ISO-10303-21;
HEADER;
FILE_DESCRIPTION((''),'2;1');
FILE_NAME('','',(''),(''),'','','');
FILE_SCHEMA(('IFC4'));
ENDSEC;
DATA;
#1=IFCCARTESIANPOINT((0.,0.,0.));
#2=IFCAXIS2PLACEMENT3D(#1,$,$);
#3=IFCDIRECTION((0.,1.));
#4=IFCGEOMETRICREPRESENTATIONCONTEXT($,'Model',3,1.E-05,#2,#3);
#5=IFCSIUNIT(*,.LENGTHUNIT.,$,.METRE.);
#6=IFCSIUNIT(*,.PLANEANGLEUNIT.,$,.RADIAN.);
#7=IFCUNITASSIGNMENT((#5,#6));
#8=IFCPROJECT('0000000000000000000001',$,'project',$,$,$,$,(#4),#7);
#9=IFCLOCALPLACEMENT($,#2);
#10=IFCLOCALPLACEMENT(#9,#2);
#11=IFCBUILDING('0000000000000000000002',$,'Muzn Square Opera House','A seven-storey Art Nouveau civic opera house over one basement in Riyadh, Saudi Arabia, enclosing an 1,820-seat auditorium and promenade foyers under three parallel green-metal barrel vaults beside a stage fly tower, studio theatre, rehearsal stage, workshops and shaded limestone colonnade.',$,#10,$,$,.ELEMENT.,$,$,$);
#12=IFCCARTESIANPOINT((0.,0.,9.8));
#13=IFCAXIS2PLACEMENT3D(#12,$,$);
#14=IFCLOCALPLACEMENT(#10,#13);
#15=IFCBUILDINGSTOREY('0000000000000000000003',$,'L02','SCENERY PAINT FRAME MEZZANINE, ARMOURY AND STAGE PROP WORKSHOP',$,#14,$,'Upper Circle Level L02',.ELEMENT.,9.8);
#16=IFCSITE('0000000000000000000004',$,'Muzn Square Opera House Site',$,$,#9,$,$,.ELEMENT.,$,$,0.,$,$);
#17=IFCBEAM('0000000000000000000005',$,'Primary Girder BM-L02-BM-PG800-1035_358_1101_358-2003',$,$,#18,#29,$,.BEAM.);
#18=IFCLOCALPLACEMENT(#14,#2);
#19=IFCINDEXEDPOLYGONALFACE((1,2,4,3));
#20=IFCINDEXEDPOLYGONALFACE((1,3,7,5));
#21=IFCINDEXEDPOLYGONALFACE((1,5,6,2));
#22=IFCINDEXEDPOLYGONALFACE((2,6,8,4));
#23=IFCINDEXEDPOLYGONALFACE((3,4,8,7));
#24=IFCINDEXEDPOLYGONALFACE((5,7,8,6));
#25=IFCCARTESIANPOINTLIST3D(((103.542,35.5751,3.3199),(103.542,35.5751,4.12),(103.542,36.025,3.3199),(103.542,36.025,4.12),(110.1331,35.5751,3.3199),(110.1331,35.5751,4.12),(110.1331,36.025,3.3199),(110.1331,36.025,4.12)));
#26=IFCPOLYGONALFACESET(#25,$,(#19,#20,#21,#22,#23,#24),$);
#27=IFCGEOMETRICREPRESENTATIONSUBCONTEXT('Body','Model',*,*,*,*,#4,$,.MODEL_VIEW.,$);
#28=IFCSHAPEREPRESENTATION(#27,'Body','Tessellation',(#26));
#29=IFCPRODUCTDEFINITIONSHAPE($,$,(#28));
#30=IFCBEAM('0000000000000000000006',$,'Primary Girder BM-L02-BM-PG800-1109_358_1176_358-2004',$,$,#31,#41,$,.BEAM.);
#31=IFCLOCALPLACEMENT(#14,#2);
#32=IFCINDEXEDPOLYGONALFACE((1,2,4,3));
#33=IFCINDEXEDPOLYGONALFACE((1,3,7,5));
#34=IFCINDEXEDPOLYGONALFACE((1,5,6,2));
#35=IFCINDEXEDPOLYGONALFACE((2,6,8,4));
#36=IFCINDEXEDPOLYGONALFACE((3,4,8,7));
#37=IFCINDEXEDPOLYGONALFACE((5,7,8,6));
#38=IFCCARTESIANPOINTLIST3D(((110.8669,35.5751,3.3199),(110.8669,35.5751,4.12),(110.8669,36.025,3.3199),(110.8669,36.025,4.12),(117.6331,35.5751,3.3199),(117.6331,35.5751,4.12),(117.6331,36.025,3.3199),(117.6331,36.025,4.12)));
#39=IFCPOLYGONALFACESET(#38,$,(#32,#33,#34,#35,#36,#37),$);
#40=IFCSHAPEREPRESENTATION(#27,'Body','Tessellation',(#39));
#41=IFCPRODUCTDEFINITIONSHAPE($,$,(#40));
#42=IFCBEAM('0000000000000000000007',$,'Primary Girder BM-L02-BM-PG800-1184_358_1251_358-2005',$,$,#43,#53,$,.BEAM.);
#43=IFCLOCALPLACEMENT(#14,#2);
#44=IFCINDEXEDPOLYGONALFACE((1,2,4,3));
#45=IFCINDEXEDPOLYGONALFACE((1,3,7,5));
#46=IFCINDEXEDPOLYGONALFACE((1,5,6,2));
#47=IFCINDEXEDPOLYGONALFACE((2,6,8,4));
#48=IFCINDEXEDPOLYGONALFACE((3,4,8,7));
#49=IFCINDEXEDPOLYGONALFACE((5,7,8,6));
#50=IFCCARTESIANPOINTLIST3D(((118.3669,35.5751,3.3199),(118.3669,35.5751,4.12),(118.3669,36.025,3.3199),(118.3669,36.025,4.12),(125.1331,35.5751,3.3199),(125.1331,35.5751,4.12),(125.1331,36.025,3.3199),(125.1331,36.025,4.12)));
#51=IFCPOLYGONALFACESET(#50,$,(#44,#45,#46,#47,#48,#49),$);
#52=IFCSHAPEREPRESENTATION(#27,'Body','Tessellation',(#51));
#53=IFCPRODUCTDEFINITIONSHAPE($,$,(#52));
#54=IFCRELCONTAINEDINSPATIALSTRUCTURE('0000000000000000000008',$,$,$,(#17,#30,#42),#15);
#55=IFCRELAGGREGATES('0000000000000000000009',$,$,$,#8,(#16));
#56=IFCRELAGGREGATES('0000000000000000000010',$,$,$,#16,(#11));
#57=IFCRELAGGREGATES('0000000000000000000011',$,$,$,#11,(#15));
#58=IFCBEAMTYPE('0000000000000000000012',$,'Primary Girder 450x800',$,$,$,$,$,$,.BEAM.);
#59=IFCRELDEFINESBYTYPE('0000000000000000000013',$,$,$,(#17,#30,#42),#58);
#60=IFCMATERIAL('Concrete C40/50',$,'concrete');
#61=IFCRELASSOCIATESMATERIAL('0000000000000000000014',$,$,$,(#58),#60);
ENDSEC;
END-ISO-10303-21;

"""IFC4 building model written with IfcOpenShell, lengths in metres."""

from ifc_helpers import new_model, si_unit, direction, frame, origin, origin_2d, place, context, subcontext, project, spatial, rectangle, extrude, material, material_profile, profile_set, type_object, element, save


model = new_model("IFC4")

# Units and contexts
model_context = context("Model", 3, precision=1e-05, world=origin(), true_north=direction((0.0, 1.0)))
body_context = subcontext(model_context, "Body", "Model", "MODEL_VIEW")
ifc_project = project(units=[si_unit("LENGTHUNIT", "METRE"), si_unit("PLANEANGLEUNIT", "RADIAN")], contexts=[model_context])

# Site, building, storey
site_placement = place(None, origin())
site = spatial("IfcSite", under=ifc_project, at=site_placement, Name="Muzn Square Opera House Site", CompositionType="ELEMENT", RefElevation=0.0)
building_placement = place(site_placement, origin())
building = spatial("IfcBuilding", under=site, at=building_placement, Name="Muzn Square Opera House", Description="A seven-storey Art Nouveau civic opera house over one basement in Riyadh, Saudi Arabia, enclosing an 1,820-seat auditorium and promenade foyers under three parallel green-metal barrel vaults beside a stage fly tower, studio theatre, rehearsal stage, workshops and shaded limestone colonnade.", CompositionType="ELEMENT")
storey_placement = place(building_placement, frame((0.0, 0.0, 9.8)))
storey = spatial("IfcBuildingStorey", under=building, at=storey_placement, Name="L02", Description="SCENERY PAINT FRAME MEZZANINE, ARMOURY AND STAGE PROP WORKSHOP", LongName="Upper Circle Level L02", CompositionType="ELEMENT", Elevation=9.8)

# Beams
ifc_material_1 = material(Name="Concrete C40/50", Category="concrete")
ifc_material_profile_1 = material_profile(ifc_material_1, rectangle(XDim=0.45, YDim=0.8, at=origin_2d()), Name="RCB 450x800", Category="concrete")
ifc_profile_set_1 = profile_set([ifc_material_profile_1], Name="Concrete C40/50")
beam_type_1 = type_object("IfcBeamType", Name="Primary Girder 450x800", PredefinedType="BEAM", material=ifc_profile_set_1)
beam_1_placement = place(storey_placement, frame((103.542, 35.8, 3.72), z_axis=(1.0, 0.0, 0.0), x_axis=(0.0, 1.0, 0.0)))
element("IfcBeam", 1, at=beam_1_placement, inside=storey, type_object=beam_type_1, Name="Primary Girder BM-L02-BM-PG800-1035_358_1101_358-2003", PredefinedType="BEAM", context=body_context, shape_type="SweptSolid", body=[
    extrude(rectangle(XDim=0.45, YDim=0.8, at=origin_2d()), origin(), (0.0, 0.0, 1.0), 6.5911),
])
for number, where, z_axis, x_axis, name in (
    (2, (110.8669, 35.8, 3.72), (1.0, 0.0, 0.0), (0.0, 1.0, 0.0), "Primary Girder BM-L02-BM-PG800-1109_358_1176_358-2004"),
    (3, (118.3669, 35.8, 3.72), (1.0, 0.0, 0.0), (0.0, 1.0, 0.0), "Primary Girder BM-L02-BM-PG800-1184_358_1251_358-2005"),
):
    element("IfcBeam", number, at=place(storey_placement, frame(where, z_axis=z_axis, x_axis=x_axis)), inside=storey, type_object=beam_type_1, Name=name, PredefinedType="BEAM", context=body_context, shape_type="SweptSolid", body=[
        extrude(rectangle(XDim=0.45, YDim=0.8, at=origin_2d()), origin(), (0.0, 0.0, 1.0), 6.7661),
    ])

save(model, "model.ifc")
